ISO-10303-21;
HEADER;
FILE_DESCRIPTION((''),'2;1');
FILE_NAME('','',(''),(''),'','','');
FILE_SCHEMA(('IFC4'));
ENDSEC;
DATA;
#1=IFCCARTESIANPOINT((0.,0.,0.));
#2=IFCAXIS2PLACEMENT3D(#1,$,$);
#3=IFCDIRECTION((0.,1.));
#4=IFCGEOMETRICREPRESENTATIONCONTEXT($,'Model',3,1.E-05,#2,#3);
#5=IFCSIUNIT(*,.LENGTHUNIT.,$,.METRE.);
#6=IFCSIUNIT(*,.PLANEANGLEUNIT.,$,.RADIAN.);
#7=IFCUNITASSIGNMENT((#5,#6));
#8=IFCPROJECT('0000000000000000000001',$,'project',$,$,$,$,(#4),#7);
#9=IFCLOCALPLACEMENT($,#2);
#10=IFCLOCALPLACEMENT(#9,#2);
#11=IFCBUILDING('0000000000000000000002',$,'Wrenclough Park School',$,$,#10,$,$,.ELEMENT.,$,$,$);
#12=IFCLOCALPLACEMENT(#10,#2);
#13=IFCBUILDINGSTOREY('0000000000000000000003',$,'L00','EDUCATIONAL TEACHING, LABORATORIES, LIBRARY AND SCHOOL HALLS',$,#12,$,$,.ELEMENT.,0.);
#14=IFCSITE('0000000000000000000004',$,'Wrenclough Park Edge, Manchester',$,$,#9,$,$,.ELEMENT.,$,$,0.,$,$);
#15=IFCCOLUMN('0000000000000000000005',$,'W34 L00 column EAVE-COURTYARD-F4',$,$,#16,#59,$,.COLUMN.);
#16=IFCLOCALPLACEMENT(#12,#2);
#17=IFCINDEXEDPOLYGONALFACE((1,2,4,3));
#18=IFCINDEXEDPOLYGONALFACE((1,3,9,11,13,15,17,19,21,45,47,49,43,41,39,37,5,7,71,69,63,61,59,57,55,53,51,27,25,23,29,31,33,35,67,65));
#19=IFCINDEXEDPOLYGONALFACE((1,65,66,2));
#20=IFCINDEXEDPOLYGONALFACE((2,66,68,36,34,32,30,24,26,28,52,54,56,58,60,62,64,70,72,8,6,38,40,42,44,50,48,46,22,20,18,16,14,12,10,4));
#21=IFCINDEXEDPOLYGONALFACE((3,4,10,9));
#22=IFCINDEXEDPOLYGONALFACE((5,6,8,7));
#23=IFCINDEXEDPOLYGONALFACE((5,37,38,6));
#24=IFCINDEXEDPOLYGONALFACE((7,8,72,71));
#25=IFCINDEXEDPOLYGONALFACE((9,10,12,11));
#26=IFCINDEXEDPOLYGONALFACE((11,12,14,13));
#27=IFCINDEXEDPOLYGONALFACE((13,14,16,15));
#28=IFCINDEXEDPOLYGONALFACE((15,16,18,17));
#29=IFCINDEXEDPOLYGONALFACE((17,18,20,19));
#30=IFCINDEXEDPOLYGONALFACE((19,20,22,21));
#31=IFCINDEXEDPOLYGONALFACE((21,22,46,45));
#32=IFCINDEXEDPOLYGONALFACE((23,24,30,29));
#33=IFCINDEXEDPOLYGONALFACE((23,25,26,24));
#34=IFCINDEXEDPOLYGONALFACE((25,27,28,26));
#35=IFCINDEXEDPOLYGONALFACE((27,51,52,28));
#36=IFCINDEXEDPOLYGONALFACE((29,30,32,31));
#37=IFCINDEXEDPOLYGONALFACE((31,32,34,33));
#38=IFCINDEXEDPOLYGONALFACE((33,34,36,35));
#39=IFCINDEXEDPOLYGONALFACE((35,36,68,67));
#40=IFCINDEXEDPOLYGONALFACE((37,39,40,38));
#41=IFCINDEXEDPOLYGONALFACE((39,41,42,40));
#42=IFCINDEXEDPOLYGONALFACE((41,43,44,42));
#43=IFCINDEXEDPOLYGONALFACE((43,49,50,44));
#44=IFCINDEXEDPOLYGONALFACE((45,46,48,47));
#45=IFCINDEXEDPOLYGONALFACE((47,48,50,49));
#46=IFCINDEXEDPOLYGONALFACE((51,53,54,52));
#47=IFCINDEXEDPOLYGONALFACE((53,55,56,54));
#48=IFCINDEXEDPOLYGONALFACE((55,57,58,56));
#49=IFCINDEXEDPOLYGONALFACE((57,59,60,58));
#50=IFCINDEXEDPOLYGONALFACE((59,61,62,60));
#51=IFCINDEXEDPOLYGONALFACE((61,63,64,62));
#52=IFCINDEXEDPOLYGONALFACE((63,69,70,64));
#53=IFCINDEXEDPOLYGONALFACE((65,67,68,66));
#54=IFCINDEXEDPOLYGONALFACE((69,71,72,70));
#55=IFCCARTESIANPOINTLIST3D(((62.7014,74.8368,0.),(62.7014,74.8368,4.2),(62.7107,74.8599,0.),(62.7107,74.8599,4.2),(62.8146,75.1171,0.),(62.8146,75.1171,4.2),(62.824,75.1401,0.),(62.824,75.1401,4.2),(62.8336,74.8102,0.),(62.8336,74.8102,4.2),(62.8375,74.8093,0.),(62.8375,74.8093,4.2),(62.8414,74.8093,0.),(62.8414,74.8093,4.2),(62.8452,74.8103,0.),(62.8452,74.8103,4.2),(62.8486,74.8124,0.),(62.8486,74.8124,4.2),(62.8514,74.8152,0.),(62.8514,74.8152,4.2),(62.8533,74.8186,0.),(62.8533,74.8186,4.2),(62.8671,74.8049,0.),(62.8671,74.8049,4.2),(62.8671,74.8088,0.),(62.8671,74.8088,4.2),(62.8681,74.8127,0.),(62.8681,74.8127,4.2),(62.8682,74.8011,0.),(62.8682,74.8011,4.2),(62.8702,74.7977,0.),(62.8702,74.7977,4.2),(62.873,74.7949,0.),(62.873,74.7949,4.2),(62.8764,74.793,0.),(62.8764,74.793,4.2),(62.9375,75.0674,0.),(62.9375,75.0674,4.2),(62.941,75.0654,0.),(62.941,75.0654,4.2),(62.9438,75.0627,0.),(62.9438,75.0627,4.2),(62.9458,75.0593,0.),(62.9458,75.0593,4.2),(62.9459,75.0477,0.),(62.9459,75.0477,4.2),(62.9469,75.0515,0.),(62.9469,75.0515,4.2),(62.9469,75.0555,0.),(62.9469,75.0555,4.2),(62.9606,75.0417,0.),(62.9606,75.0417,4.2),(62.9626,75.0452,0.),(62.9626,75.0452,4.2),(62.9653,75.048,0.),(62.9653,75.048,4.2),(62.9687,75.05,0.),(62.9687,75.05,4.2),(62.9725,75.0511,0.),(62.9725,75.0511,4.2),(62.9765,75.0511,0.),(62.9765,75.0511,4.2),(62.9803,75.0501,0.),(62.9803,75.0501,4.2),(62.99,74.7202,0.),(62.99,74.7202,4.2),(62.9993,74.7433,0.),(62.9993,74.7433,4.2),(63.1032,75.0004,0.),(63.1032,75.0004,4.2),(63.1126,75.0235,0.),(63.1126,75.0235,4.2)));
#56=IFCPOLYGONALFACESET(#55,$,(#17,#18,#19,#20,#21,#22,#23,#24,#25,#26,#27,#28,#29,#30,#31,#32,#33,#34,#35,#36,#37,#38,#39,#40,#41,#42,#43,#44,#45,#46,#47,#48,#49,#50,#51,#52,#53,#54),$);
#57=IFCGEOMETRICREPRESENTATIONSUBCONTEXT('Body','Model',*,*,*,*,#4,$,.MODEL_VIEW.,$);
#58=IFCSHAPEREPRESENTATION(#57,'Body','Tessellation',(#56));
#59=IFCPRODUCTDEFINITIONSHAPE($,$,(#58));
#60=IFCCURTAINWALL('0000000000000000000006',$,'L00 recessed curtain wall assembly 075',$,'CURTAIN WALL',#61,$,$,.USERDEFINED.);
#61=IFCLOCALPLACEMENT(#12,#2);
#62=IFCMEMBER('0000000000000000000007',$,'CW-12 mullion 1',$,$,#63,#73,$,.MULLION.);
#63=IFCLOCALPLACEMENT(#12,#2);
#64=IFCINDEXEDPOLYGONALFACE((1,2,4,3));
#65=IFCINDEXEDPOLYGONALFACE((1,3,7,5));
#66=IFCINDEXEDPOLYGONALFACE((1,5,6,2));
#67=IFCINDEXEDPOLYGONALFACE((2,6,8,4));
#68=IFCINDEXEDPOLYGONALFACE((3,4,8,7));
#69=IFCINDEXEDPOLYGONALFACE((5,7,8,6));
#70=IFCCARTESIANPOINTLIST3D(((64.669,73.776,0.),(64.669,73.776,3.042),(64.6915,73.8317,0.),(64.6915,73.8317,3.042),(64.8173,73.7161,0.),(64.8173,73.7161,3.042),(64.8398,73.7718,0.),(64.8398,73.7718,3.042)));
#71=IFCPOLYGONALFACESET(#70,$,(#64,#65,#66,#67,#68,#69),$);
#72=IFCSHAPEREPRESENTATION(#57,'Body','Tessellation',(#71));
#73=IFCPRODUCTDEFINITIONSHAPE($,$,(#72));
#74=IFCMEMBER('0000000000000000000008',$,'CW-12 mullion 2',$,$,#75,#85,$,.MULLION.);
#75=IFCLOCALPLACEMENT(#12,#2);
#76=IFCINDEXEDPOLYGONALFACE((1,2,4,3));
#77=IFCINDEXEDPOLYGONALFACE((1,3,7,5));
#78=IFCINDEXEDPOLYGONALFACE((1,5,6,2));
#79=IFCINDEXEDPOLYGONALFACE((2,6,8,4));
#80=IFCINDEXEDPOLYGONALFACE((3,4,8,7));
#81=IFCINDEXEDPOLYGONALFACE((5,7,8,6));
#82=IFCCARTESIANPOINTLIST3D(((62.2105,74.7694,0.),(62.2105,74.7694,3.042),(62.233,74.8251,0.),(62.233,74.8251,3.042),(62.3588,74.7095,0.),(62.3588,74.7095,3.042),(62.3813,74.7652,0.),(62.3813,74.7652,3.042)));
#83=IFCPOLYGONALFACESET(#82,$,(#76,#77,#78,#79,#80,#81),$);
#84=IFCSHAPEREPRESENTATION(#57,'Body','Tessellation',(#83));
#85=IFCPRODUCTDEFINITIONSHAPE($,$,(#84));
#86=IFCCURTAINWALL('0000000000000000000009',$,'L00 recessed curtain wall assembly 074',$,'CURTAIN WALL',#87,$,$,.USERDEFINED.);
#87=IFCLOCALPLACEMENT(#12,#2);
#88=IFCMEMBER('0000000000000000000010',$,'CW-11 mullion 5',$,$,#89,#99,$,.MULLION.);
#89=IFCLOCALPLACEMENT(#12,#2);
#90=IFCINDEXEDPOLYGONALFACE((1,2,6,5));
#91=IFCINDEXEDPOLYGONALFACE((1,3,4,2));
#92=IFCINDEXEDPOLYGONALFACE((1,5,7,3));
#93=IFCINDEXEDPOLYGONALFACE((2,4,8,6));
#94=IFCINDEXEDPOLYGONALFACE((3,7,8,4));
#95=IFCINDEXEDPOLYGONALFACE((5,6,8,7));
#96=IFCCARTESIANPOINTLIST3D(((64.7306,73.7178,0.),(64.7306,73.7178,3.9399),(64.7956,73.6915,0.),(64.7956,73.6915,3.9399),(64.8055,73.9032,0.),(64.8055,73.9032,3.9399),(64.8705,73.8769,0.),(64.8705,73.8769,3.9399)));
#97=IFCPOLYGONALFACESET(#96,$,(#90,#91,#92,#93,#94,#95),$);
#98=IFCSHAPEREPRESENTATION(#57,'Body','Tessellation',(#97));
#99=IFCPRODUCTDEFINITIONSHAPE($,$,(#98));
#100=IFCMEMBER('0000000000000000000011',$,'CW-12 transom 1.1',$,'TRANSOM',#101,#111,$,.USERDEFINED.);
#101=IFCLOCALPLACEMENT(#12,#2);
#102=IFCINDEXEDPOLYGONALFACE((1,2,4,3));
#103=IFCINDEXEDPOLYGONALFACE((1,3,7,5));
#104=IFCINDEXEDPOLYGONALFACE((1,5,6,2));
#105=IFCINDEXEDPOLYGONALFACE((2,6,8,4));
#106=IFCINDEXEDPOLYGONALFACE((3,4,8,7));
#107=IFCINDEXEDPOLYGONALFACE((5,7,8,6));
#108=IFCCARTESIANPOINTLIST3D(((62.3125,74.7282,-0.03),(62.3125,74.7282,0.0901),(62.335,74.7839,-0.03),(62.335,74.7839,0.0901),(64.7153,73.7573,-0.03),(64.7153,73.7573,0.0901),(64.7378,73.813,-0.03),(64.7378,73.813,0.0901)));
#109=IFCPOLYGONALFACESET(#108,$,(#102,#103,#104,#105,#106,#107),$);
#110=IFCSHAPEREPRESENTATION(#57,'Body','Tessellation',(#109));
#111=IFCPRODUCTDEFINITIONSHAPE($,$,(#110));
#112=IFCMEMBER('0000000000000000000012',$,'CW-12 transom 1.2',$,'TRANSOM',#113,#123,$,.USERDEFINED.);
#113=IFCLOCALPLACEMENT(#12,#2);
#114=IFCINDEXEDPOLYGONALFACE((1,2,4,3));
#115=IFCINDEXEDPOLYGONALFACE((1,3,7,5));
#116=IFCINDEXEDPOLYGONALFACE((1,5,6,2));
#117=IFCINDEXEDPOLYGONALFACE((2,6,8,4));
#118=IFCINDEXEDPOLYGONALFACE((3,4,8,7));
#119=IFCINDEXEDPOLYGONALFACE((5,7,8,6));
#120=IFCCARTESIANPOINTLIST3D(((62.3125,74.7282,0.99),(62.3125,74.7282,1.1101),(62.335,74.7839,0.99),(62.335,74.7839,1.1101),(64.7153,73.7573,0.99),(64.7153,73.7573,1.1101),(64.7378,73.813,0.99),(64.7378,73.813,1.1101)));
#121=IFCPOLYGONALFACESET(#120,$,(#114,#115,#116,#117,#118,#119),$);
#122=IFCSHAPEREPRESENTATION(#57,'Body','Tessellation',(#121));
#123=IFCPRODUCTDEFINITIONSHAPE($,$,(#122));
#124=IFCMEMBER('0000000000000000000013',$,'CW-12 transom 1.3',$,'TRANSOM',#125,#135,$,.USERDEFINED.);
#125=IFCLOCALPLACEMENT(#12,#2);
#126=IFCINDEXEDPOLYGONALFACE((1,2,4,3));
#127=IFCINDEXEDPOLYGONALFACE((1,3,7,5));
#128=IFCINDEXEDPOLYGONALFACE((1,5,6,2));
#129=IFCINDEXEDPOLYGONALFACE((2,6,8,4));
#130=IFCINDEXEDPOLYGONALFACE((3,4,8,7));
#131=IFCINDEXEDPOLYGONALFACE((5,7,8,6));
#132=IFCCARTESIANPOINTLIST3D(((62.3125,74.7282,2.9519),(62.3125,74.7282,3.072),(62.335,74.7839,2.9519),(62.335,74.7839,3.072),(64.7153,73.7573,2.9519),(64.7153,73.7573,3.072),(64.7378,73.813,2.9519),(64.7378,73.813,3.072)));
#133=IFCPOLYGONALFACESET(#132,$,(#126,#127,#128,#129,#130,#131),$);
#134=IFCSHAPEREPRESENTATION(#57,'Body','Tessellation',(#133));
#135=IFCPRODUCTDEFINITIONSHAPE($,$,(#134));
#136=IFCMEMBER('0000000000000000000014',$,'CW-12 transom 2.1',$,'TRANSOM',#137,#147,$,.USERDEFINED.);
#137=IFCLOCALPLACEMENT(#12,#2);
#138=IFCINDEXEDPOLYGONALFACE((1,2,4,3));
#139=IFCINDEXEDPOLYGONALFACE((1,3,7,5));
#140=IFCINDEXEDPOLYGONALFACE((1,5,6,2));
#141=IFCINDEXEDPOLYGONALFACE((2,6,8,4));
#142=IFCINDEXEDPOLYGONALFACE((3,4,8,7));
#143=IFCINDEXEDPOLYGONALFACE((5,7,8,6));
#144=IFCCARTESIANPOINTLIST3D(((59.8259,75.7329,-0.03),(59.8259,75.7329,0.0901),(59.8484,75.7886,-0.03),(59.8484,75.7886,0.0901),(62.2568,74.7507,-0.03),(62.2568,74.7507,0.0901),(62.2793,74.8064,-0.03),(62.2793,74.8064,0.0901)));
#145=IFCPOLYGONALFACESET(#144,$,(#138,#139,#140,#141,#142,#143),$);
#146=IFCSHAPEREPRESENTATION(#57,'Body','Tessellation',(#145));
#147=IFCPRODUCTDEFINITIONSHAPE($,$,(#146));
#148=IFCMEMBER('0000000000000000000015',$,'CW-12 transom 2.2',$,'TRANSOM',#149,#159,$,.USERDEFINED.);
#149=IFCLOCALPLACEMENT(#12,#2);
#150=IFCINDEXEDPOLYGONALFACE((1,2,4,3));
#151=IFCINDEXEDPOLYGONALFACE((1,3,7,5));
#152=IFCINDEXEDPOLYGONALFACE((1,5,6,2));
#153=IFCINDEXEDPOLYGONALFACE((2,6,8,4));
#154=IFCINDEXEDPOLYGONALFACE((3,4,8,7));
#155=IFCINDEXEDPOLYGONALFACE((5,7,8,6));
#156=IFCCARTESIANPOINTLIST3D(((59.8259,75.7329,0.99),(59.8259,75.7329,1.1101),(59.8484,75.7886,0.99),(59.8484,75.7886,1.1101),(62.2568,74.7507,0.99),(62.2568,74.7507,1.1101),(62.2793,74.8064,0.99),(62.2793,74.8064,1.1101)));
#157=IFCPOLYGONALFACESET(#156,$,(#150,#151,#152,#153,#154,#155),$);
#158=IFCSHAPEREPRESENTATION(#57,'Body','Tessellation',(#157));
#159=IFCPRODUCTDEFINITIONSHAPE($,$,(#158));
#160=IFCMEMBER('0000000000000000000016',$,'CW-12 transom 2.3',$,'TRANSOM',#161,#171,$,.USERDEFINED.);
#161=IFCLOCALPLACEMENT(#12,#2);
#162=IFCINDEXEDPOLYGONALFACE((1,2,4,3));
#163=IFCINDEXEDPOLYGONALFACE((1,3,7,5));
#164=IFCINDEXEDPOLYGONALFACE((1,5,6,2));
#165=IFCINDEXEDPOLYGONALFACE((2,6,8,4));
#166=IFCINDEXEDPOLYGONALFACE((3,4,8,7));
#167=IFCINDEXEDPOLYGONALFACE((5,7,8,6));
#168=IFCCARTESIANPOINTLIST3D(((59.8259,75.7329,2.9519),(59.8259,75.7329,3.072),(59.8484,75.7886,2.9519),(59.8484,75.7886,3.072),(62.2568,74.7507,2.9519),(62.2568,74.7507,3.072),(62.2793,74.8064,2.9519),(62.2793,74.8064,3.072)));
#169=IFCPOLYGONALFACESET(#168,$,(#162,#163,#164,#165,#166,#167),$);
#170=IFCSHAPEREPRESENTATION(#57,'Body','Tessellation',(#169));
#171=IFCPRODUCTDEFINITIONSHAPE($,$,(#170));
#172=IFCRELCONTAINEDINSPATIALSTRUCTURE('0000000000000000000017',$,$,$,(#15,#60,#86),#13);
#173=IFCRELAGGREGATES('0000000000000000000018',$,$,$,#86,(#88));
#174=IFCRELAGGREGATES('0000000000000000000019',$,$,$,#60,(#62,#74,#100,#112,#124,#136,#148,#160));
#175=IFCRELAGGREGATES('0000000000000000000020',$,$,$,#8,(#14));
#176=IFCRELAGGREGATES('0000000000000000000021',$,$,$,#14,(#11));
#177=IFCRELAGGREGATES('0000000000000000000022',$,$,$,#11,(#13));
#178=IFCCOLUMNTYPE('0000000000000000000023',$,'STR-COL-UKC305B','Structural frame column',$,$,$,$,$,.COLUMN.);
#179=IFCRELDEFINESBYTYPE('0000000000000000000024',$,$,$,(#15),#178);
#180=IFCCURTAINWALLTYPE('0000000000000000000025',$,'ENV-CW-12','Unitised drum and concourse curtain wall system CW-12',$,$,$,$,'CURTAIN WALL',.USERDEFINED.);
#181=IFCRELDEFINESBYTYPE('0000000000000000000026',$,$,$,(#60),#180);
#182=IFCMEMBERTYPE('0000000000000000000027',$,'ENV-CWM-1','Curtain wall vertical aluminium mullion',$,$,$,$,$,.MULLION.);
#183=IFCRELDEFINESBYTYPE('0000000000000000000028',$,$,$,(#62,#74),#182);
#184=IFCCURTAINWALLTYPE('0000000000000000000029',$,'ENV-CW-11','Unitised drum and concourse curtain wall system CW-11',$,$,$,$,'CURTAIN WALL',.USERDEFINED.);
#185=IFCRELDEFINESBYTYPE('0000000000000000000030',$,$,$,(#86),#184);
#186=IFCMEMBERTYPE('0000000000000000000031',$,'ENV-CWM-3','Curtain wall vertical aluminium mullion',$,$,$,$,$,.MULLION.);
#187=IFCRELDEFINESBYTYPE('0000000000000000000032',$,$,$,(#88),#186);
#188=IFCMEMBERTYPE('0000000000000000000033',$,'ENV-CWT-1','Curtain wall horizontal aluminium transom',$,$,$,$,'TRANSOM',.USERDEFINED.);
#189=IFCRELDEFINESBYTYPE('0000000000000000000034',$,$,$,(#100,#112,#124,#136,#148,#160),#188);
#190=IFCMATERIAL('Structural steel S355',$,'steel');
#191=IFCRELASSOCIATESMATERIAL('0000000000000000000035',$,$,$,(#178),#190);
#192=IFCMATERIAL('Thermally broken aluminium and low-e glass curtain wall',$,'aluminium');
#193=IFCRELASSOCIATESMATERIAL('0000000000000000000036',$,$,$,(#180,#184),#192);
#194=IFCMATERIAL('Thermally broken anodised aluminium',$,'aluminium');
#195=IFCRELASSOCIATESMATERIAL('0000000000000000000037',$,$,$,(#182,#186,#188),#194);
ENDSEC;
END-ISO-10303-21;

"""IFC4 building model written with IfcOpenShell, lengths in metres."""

from ifc_helpers import new_model, si_unit, direction, frame, origin, origin_2d, place, context, subcontext, project, spatial, rectangle, i_section, extrude, material, material_profile, profile_set, type_object, element, aggregate, save


model = new_model("IFC4")

# Units and contexts
model_context = context("Model", 3, precision=1e-05, world=origin(), true_north=direction((0.0, 1.0)))
body_context = subcontext(model_context, "Body", "Model", "MODEL_VIEW")
ifc_project = project(units=[si_unit("LENGTHUNIT", "METRE"), si_unit("PLANEANGLEUNIT", "RADIAN")], contexts=[model_context])

# Site, building, storey
site_placement = place(None, origin())
site = spatial("IfcSite", under=ifc_project, at=site_placement, Name="Wrenclough Park Edge, Manchester", CompositionType="ELEMENT", RefElevation=0.0)
building_placement = place(site_placement, origin())
building = spatial("IfcBuilding", under=site, at=building_placement, Name="Wrenclough Park School", CompositionType="ELEMENT")
storey_placement = place(building_placement, origin())
storey = spatial("IfcBuildingStorey", under=building, at=storey_placement, Name="L00", Description="EDUCATIONAL TEACHING, LABORATORIES, LIBRARY AND SCHOOL HALLS", CompositionType="ELEMENT", Elevation=0.0)

# Column
ifc_material_1 = material(Name="Structural steel S355", Category="steel")
ifc_material_profile_1 = material_profile(ifc_material_1, i_section(OverallWidth=0.3113, OverallDepth=0.3271, WebThickness=0.0159, FlangeThickness=0.0249, FilletRadius=0.0151, at=origin_2d()), Name="UKC 305x305x158")
ifc_profile_set_1 = profile_set([ifc_material_profile_1], Name="Structural steel S355")
column_type = type_object("IfcColumnType", Name="STR-COL-UKC305B", Description="Structural frame column", PredefinedType="COLUMN", material=ifc_profile_set_1)
column_placement = place(storey_placement, frame((62.907, 74.9302, 0.0), z_axis=(0.0, 0.0, 1.0), x_axis=(0.927184, -0.374607, 0.0)))
element("IfcColumn", 1, at=column_placement, inside=storey, type_object=column_type, Name="W34 L00 column EAVE-COURTYARD-F4", PredefinedType="COLUMN", context=body_context, shape_type="SweptSolid", body=[
    extrude(i_section(OverallWidth=0.3113, OverallDepth=0.3271, WebThickness=0.0159, FlangeThickness=0.0249, FilletRadius=0.0151, at=origin_2d()), origin(), (0.0, 0.0, 1.0), 4.2),
])

# Curtain wall, members
ifc_material_2 = material(Name="Thermally broken aluminium and low-e glass curtain wall", Category="aluminium")
curtain_wall_type_1 = type_object("IfcCurtainWallType", Name="ENV-CW-12", Description="Unitised drum and concourse curtain wall system CW-12", ElementType="CURTAIN WALL", PredefinedType="USERDEFINED", material=ifc_material_2)
curtain_wall_1_placement = place(storey_placement, origin())
curtain_wall_1 = element("IfcCurtainWall", 2, at=curtain_wall_1_placement, inside=storey, type_object=curtain_wall_type_1, Name="L00 recessed curtain wall assembly 075", ObjectType="CURTAIN WALL", PredefinedType="USERDEFINED")
ifc_material_3 = material(Name="Thermally broken anodised aluminium", Category="aluminium")
ifc_material_profile_2 = material_profile(ifc_material_3, rectangle(XDim=0.0601, YDim=0.1599, at=origin_2d()), Name="AL MULLION 60x160")
ifc_profile_set_2 = profile_set([ifc_material_profile_2], Name="Thermally broken anodised aluminium")
member_type_1 = type_object("IfcMemberType", Name="ENV-CWM-1", Description="Curtain wall vertical aluminium mullion", PredefinedType="MULLION", material=ifc_profile_set_2)
member_1_placement = place(storey_placement, frame((64.7544, 73.7739, 0.0), z_axis=(0.0, 0.0, 1.0), x_axis=(-0.374603, -0.927185, 0.0)))
member_1 = element("IfcMember", 3, at=member_1_placement, type_object=member_type_1, Name="CW-12 mullion 1", PredefinedType="MULLION", context=body_context, shape_type="SweptSolid", body=[
    extrude(rectangle(XDim=0.0601, YDim=0.1599, at=origin_2d()), origin(), (0.0, 0.0, 1.0), 3.042),
])
member_2_placement = place(storey_placement, frame((62.2959, 74.7673, 0.0), z_axis=(0.0, 0.0, 1.0), x_axis=(-0.374603, -0.927185, 0.0)))
member_2 = element("IfcMember", 4, at=member_2_placement, type_object=member_type_1, Name="CW-12 mullion 2", PredefinedType="MULLION", context=body_context, shape_type="SweptSolid", body=[
    extrude(rectangle(XDim=0.0601, YDim=0.1599, at=origin_2d()), origin(), (0.0, 0.0, 1.0), 3.042),
])

# Curtain wall, member
curtain_wall_type_2 = type_object("IfcCurtainWallType", Name="ENV-CW-11", Description="Unitised drum and concourse curtain wall system CW-11", ElementType="CURTAIN WALL", PredefinedType="USERDEFINED", material=ifc_material_2)
curtain_wall_2_placement = place(storey_placement, origin())
curtain_wall_2 = element("IfcCurtainWall", 5, at=curtain_wall_2_placement, inside=storey, type_object=curtain_wall_type_2, Name="L00 recessed curtain wall assembly 074", ObjectType="CURTAIN WALL", PredefinedType="USERDEFINED")
ifc_material_profile_3 = material_profile(ifc_material_3, rectangle(XDim=0.0701, YDim=0.2, at=origin_2d()), Name="AL MULLION 70x200")
ifc_profile_set_3 = profile_set([ifc_material_profile_3], Name="Thermally broken anodised aluminium")
member_type_2 = type_object("IfcMemberType", Name="ENV-CWM-3", Description="Curtain wall vertical aluminium mullion", PredefinedType="MULLION", material=ifc_profile_set_3)
member_3_placement = place(storey_placement, frame((64.8005, 73.7974, 0.0), z_axis=(0.0, 0.0, 1.0), x_axis=(0.927186, -0.374601, 0.0)))
member_3 = element("IfcMember", 6, at=member_3_placement, type_object=member_type_2, Name="CW-11 mullion 5", PredefinedType="MULLION", context=body_context, shape_type="SweptSolid", body=[
    extrude(rectangle(XDim=0.0701, YDim=0.2, at=origin_2d()), origin(), (0.0, 0.0, 1.0), 3.9399),
])

# Members
ifc_material_profile_4 = material_profile(ifc_material_3, rectangle(XDim=0.0601, YDim=0.1201, at=origin_2d()), Name="AL TRANSOM 60x120")
ifc_profile_set_4 = profile_set([ifc_material_profile_4], Name="Thermally broken anodised aluminium")
member_type_3 = type_object("IfcMemberType", Name="ENV-CWT-1", Description="Curtain wall horizontal aluminium transom", ElementType="TRANSOM", PredefinedType="USERDEFINED", material=ifc_profile_set_4)
member_4_placement = place(storey_placement, frame((64.7266, 73.7852, 0.03), z_axis=(-0.927165, 0.374653, 0.0), x_axis=(-0.374653, -0.927165, 0.0)))
member_4 = element("IfcMember", 7, at=member_4_placement, type_object=member_type_3, Name="CW-12 transom 1.1", ObjectType="TRANSOM", PredefinedType="USERDEFINED", context=body_context, shape_type="SweptSolid", body=[
    extrude(rectangle(XDim=0.0601, YDim=0.1201, at=origin_2d()), origin(), (0.0, 0.0, 1.0), 2.5916),
])
member_5_placement = place(storey_placement, frame((64.7266, 73.7852, 1.05), z_axis=(-0.927165, 0.374653, 0.0), x_axis=(-0.374653, -0.927165, 0.0)))
member_5 = element("IfcMember", 8, at=member_5_placement, type_object=member_type_3, Name="CW-12 transom 1.2", ObjectType="TRANSOM", PredefinedType="USERDEFINED", context=body_context, shape_type="SweptSolid", body=[
    extrude(rectangle(XDim=0.0601, YDim=0.1201, at=origin_2d()), origin(), (0.0, 0.0, 1.0), 2.5916),
])
member_6_placement = place(storey_placement, frame((64.7266, 73.7852, 3.012), z_axis=(-0.927165, 0.374653, 0.0), x_axis=(-0.374653, -0.927165, 0.0)))
member_6 = element("IfcMember", 9, at=member_6_placement, type_object=member_type_3, Name="CW-12 transom 1.3", ObjectType="TRANSOM", PredefinedType="USERDEFINED", context=body_context, shape_type="SweptSolid", body=[
    extrude(rectangle(XDim=0.0601, YDim=0.1201, at=origin_2d()), origin(), (0.0, 0.0, 1.0), 2.5916),
])
member_7_placement = place(storey_placement, frame((62.2681, 74.7786, 0.03), z_axis=(-0.92718, 0.374615, 0.0), x_axis=(-0.374615, -0.92718, 0.0)))
member_7 = element("IfcMember", 10, at=member_7_placement, type_object=member_type_3, Name="CW-12 transom 2.1", ObjectType="TRANSOM", PredefinedType="USERDEFINED", context=body_context, shape_type="SweptSolid", body=[
    extrude(rectangle(XDim=0.0601, YDim=0.1201, at=origin_2d()), origin(), (0.0, 0.0, 1.0), 2.6218),
])
member_8_placement = place(storey_placement, frame((62.2681, 74.7786, 1.05), z_axis=(-0.92718, 0.374615, 0.0), x_axis=(-0.374615, -0.92718, 0.0)))
member_8 = element("IfcMember", 11, at=member_8_placement, type_object=member_type_3, Name="CW-12 transom 2.2", ObjectType="TRANSOM", PredefinedType="USERDEFINED", context=body_context, shape_type="SweptSolid", body=[
    extrude(rectangle(XDim=0.0601, YDim=0.1201, at=origin_2d()), origin(), (0.0, 0.0, 1.0), 2.6218),
])
member_9_placement = place(storey_placement, frame((62.2681, 74.7786, 3.012), z_axis=(-0.92718, 0.374615, 0.0), x_axis=(-0.374615, -0.92718, 0.0)))
member_9 = element("IfcMember", 12, at=member_9_placement, type_object=member_type_3, Name="CW-12 transom 2.3", ObjectType="TRANSOM", PredefinedType="USERDEFINED", context=body_context, shape_type="SweptSolid", body=[
    extrude(rectangle(XDim=0.0601, YDim=0.1201, at=origin_2d()), origin(), (0.0, 0.0, 1.0), 2.6218),
])

aggregate(curtain_wall_2, [member_3])
aggregate(curtain_wall_1, [member_1, member_2, member_4, member_5, member_6, member_7, member_8, member_9])

save(model, "model.ifc")
